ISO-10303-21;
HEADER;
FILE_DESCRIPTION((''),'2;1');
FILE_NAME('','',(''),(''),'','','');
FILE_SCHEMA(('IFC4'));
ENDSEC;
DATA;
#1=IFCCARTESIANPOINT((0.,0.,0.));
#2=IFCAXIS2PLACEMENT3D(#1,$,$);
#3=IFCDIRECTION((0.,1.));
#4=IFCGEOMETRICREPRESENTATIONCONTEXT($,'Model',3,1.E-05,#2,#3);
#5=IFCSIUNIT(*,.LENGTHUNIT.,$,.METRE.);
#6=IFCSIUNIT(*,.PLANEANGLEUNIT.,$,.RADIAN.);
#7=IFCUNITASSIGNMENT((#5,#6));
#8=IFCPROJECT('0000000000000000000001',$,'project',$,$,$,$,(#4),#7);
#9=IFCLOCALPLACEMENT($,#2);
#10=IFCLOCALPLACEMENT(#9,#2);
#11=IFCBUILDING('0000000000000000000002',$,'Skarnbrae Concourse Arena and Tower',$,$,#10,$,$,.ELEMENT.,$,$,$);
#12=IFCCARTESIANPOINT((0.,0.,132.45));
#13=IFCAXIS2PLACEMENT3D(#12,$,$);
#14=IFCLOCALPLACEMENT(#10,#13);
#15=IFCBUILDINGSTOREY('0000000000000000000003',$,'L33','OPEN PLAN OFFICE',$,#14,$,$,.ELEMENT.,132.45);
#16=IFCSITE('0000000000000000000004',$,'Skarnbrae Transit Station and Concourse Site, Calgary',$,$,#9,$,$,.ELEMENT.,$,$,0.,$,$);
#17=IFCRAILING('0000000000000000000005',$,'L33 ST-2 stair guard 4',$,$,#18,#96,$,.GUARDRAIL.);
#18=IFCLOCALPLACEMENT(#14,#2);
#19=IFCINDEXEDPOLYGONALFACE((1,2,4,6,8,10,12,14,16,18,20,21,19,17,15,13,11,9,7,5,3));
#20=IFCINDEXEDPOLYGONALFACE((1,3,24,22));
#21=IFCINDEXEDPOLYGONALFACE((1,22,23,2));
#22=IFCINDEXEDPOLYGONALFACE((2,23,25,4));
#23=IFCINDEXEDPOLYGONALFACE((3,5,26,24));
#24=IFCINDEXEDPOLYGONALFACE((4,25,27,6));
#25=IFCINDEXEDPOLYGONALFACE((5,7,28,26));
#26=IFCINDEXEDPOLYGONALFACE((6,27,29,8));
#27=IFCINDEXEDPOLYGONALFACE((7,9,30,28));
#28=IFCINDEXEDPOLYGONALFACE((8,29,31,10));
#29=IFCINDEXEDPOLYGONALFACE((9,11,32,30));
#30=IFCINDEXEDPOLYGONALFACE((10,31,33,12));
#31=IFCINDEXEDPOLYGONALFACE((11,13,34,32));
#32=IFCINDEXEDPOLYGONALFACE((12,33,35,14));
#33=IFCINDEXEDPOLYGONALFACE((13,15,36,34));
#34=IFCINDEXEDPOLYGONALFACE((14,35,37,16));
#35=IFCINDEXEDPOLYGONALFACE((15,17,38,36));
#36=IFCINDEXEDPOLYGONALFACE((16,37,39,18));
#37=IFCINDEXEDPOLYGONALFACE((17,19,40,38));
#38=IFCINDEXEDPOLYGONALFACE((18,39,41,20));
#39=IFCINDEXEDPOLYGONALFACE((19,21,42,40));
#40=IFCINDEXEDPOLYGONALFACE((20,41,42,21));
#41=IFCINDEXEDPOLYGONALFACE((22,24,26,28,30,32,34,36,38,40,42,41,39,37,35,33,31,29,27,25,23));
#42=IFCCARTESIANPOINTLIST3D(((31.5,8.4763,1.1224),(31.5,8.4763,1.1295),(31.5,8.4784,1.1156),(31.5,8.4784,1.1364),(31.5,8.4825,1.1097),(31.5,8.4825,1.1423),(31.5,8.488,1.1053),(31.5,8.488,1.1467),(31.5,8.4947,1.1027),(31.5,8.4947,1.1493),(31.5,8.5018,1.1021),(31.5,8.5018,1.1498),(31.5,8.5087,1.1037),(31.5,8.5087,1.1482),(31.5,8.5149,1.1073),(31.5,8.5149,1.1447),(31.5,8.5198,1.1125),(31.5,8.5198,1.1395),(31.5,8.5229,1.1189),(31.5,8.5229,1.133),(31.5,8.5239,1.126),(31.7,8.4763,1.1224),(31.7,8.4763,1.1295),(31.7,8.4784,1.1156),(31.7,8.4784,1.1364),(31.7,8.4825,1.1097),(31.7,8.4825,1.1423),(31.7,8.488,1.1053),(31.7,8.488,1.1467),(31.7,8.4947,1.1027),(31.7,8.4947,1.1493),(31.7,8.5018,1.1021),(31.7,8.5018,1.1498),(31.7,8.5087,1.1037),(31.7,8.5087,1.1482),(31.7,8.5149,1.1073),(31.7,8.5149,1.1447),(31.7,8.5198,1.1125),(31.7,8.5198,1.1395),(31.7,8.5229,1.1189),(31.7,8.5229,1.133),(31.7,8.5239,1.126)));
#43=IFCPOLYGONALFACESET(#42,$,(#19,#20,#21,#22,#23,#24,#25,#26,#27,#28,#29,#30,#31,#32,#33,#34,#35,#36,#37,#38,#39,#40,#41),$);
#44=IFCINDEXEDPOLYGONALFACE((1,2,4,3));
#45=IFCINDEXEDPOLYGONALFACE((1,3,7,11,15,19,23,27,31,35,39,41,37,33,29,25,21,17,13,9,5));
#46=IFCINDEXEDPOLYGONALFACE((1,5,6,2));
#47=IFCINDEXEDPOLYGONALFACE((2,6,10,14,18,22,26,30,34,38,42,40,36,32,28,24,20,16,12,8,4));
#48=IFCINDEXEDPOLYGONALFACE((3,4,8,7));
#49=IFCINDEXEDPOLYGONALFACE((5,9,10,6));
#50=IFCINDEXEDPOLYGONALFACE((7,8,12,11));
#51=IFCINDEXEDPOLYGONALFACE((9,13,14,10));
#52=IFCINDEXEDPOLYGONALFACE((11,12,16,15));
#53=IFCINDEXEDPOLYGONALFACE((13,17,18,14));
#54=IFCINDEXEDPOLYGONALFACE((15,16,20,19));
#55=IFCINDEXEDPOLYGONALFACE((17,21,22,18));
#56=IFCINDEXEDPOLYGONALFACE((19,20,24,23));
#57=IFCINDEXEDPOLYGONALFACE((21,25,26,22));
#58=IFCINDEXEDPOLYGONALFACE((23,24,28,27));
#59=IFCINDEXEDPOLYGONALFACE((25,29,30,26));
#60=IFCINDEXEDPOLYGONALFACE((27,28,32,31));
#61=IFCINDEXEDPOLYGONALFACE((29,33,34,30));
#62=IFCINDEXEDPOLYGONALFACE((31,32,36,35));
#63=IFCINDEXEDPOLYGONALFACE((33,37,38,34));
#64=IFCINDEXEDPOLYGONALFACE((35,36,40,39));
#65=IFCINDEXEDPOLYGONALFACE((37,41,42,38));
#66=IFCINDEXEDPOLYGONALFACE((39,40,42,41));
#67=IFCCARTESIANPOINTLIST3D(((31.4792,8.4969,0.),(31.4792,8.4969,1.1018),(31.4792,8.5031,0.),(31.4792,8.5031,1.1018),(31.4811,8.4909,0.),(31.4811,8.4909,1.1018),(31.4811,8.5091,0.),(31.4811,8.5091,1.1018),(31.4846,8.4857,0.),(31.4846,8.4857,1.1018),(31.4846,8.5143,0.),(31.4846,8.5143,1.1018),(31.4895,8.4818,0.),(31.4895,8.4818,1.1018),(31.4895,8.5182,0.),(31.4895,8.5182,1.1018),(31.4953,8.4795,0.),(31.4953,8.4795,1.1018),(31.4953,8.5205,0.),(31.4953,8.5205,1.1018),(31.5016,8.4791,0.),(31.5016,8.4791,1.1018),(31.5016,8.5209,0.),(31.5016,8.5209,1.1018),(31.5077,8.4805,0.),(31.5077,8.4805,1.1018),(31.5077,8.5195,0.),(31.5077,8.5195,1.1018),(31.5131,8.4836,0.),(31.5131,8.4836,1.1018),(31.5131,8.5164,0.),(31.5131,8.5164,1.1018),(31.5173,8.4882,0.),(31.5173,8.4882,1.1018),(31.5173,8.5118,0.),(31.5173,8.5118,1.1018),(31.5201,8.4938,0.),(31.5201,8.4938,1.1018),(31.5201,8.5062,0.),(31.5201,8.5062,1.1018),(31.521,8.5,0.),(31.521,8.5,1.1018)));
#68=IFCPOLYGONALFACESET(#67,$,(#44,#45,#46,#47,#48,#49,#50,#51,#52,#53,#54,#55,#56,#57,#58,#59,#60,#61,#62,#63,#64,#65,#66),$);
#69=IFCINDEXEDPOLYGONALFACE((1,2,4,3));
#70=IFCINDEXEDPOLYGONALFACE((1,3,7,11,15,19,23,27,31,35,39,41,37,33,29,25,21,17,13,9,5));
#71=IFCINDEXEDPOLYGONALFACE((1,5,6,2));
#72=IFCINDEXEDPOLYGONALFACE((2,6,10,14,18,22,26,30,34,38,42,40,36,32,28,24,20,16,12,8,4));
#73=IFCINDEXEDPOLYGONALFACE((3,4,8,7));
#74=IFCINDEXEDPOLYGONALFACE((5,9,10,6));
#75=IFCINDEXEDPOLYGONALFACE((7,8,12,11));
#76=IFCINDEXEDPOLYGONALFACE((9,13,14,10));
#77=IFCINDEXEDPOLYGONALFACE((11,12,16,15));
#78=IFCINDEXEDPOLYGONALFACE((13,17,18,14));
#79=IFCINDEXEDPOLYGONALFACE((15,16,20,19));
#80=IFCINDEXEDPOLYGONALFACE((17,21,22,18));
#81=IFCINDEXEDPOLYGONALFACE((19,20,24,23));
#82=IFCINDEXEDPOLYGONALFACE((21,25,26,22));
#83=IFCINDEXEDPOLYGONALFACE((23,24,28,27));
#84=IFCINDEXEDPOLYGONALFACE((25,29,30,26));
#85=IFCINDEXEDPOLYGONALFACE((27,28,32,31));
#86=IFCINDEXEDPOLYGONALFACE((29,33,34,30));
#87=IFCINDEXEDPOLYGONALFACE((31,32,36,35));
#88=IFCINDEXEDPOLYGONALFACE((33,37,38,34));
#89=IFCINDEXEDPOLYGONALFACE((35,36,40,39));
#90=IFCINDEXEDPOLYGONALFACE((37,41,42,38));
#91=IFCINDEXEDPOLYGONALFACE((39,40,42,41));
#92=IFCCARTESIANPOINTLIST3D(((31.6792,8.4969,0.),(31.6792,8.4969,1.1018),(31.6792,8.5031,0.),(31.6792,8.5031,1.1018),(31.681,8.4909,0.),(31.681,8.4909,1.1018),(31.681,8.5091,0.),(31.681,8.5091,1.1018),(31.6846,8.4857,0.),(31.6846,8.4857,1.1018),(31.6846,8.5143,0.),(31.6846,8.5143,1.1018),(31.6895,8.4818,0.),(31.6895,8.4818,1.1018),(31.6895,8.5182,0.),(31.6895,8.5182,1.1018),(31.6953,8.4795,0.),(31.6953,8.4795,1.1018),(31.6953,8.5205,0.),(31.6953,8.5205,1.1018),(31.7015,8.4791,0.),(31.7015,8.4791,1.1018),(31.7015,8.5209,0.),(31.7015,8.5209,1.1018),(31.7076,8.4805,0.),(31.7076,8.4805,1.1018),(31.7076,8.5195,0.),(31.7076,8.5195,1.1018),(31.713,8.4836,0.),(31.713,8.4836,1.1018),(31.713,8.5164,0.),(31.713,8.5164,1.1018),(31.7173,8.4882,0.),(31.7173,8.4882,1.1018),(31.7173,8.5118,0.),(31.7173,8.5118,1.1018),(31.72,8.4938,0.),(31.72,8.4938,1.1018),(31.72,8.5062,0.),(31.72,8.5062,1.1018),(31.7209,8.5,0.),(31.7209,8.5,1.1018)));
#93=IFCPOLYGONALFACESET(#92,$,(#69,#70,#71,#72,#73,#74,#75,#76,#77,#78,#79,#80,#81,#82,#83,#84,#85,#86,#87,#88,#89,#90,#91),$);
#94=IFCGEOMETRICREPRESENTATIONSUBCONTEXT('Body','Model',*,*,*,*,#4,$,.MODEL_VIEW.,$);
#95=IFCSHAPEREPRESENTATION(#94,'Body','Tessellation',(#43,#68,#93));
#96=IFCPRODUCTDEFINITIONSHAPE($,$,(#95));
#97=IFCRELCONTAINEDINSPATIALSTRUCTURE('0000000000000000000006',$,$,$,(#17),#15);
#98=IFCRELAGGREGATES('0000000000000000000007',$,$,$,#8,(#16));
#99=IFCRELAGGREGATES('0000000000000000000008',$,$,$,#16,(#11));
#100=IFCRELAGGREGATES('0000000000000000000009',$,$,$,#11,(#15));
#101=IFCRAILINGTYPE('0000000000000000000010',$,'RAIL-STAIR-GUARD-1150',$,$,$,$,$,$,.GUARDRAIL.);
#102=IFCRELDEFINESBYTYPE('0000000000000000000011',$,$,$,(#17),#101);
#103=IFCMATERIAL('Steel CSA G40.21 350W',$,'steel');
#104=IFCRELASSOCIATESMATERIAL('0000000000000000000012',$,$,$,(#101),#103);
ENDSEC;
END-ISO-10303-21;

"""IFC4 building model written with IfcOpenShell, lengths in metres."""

from ifc_helpers import new_model, si_unit, direction, frame, origin, origin_2d, place, context, subcontext, project, spatial, circle, extrude, material, type_object, element, save


model = new_model("IFC4")

# Units and contexts
model_context = context("Model", 3, precision=1e-05, world=origin(), true_north=direction((0.0, 1.0)))
body_context = subcontext(model_context, "Body", "Model", "MODEL_VIEW")
ifc_project = project(units=[si_unit("LENGTHUNIT", "METRE"), si_unit("PLANEANGLEUNIT", "RADIAN")], contexts=[model_context])

# Site, building, storey
site_placement = place(None, origin())
site = spatial("IfcSite", under=ifc_project, at=site_placement, Name="Skarnbrae Transit Station and Concourse Site, Calgary", CompositionType="ELEMENT", RefElevation=0.0)
building_placement = place(site_placement, origin())
building = spatial("IfcBuilding", under=site, at=building_placement, Name="Skarnbrae Concourse Arena and Tower", CompositionType="ELEMENT")
storey_placement = place(building_placement, frame((0.0, 0.0, 132.45)))
storey = spatial("IfcBuildingStorey", under=building, at=storey_placement, Name="L33", Description="OPEN PLAN OFFICE", CompositionType="ELEMENT", Elevation=132.45)

# Shared definitions
ifc_material_1 = material(Name="Steel CSA G40.21 350W", Category="steel")

# Railing
railing_type_1 = type_object("IfcRailingType", Name="RAIL-STAIR-GUARD-1150", PredefinedType="GUARDRAIL", material=ifc_material_1)
railing_1_placement = place(storey_placement, frame((31.5, 8.5, 0.0)))
element("IfcRailing", 1, at=railing_1_placement, inside=storey, type_object=railing_type_1, Name="L33 ST-2 stair guard 4", PredefinedType="GUARDRAIL", context=body_context, shape_type="SweptSolid", body=[
    extrude(circle(Radius=0.0239, at=origin_2d()), frame((0.0, 0.0, 1.126), z_axis=(1.0, 0.0, 0.0), x_axis=(0.0, 1.0, 0.0)), (0.0, 0.0, 1.0), 0.2),
    extrude(circle(Radius=0.021, at=origin_2d()), origin(), (0.0, 0.0, 1.0), 1.1018),
    extrude(circle(Radius=0.021, at=origin_2d()), frame((0.2, 0.0, 0.0)), (0.0, 0.0, 1.0), 1.1018),
])

save(model, "model.ifc")
